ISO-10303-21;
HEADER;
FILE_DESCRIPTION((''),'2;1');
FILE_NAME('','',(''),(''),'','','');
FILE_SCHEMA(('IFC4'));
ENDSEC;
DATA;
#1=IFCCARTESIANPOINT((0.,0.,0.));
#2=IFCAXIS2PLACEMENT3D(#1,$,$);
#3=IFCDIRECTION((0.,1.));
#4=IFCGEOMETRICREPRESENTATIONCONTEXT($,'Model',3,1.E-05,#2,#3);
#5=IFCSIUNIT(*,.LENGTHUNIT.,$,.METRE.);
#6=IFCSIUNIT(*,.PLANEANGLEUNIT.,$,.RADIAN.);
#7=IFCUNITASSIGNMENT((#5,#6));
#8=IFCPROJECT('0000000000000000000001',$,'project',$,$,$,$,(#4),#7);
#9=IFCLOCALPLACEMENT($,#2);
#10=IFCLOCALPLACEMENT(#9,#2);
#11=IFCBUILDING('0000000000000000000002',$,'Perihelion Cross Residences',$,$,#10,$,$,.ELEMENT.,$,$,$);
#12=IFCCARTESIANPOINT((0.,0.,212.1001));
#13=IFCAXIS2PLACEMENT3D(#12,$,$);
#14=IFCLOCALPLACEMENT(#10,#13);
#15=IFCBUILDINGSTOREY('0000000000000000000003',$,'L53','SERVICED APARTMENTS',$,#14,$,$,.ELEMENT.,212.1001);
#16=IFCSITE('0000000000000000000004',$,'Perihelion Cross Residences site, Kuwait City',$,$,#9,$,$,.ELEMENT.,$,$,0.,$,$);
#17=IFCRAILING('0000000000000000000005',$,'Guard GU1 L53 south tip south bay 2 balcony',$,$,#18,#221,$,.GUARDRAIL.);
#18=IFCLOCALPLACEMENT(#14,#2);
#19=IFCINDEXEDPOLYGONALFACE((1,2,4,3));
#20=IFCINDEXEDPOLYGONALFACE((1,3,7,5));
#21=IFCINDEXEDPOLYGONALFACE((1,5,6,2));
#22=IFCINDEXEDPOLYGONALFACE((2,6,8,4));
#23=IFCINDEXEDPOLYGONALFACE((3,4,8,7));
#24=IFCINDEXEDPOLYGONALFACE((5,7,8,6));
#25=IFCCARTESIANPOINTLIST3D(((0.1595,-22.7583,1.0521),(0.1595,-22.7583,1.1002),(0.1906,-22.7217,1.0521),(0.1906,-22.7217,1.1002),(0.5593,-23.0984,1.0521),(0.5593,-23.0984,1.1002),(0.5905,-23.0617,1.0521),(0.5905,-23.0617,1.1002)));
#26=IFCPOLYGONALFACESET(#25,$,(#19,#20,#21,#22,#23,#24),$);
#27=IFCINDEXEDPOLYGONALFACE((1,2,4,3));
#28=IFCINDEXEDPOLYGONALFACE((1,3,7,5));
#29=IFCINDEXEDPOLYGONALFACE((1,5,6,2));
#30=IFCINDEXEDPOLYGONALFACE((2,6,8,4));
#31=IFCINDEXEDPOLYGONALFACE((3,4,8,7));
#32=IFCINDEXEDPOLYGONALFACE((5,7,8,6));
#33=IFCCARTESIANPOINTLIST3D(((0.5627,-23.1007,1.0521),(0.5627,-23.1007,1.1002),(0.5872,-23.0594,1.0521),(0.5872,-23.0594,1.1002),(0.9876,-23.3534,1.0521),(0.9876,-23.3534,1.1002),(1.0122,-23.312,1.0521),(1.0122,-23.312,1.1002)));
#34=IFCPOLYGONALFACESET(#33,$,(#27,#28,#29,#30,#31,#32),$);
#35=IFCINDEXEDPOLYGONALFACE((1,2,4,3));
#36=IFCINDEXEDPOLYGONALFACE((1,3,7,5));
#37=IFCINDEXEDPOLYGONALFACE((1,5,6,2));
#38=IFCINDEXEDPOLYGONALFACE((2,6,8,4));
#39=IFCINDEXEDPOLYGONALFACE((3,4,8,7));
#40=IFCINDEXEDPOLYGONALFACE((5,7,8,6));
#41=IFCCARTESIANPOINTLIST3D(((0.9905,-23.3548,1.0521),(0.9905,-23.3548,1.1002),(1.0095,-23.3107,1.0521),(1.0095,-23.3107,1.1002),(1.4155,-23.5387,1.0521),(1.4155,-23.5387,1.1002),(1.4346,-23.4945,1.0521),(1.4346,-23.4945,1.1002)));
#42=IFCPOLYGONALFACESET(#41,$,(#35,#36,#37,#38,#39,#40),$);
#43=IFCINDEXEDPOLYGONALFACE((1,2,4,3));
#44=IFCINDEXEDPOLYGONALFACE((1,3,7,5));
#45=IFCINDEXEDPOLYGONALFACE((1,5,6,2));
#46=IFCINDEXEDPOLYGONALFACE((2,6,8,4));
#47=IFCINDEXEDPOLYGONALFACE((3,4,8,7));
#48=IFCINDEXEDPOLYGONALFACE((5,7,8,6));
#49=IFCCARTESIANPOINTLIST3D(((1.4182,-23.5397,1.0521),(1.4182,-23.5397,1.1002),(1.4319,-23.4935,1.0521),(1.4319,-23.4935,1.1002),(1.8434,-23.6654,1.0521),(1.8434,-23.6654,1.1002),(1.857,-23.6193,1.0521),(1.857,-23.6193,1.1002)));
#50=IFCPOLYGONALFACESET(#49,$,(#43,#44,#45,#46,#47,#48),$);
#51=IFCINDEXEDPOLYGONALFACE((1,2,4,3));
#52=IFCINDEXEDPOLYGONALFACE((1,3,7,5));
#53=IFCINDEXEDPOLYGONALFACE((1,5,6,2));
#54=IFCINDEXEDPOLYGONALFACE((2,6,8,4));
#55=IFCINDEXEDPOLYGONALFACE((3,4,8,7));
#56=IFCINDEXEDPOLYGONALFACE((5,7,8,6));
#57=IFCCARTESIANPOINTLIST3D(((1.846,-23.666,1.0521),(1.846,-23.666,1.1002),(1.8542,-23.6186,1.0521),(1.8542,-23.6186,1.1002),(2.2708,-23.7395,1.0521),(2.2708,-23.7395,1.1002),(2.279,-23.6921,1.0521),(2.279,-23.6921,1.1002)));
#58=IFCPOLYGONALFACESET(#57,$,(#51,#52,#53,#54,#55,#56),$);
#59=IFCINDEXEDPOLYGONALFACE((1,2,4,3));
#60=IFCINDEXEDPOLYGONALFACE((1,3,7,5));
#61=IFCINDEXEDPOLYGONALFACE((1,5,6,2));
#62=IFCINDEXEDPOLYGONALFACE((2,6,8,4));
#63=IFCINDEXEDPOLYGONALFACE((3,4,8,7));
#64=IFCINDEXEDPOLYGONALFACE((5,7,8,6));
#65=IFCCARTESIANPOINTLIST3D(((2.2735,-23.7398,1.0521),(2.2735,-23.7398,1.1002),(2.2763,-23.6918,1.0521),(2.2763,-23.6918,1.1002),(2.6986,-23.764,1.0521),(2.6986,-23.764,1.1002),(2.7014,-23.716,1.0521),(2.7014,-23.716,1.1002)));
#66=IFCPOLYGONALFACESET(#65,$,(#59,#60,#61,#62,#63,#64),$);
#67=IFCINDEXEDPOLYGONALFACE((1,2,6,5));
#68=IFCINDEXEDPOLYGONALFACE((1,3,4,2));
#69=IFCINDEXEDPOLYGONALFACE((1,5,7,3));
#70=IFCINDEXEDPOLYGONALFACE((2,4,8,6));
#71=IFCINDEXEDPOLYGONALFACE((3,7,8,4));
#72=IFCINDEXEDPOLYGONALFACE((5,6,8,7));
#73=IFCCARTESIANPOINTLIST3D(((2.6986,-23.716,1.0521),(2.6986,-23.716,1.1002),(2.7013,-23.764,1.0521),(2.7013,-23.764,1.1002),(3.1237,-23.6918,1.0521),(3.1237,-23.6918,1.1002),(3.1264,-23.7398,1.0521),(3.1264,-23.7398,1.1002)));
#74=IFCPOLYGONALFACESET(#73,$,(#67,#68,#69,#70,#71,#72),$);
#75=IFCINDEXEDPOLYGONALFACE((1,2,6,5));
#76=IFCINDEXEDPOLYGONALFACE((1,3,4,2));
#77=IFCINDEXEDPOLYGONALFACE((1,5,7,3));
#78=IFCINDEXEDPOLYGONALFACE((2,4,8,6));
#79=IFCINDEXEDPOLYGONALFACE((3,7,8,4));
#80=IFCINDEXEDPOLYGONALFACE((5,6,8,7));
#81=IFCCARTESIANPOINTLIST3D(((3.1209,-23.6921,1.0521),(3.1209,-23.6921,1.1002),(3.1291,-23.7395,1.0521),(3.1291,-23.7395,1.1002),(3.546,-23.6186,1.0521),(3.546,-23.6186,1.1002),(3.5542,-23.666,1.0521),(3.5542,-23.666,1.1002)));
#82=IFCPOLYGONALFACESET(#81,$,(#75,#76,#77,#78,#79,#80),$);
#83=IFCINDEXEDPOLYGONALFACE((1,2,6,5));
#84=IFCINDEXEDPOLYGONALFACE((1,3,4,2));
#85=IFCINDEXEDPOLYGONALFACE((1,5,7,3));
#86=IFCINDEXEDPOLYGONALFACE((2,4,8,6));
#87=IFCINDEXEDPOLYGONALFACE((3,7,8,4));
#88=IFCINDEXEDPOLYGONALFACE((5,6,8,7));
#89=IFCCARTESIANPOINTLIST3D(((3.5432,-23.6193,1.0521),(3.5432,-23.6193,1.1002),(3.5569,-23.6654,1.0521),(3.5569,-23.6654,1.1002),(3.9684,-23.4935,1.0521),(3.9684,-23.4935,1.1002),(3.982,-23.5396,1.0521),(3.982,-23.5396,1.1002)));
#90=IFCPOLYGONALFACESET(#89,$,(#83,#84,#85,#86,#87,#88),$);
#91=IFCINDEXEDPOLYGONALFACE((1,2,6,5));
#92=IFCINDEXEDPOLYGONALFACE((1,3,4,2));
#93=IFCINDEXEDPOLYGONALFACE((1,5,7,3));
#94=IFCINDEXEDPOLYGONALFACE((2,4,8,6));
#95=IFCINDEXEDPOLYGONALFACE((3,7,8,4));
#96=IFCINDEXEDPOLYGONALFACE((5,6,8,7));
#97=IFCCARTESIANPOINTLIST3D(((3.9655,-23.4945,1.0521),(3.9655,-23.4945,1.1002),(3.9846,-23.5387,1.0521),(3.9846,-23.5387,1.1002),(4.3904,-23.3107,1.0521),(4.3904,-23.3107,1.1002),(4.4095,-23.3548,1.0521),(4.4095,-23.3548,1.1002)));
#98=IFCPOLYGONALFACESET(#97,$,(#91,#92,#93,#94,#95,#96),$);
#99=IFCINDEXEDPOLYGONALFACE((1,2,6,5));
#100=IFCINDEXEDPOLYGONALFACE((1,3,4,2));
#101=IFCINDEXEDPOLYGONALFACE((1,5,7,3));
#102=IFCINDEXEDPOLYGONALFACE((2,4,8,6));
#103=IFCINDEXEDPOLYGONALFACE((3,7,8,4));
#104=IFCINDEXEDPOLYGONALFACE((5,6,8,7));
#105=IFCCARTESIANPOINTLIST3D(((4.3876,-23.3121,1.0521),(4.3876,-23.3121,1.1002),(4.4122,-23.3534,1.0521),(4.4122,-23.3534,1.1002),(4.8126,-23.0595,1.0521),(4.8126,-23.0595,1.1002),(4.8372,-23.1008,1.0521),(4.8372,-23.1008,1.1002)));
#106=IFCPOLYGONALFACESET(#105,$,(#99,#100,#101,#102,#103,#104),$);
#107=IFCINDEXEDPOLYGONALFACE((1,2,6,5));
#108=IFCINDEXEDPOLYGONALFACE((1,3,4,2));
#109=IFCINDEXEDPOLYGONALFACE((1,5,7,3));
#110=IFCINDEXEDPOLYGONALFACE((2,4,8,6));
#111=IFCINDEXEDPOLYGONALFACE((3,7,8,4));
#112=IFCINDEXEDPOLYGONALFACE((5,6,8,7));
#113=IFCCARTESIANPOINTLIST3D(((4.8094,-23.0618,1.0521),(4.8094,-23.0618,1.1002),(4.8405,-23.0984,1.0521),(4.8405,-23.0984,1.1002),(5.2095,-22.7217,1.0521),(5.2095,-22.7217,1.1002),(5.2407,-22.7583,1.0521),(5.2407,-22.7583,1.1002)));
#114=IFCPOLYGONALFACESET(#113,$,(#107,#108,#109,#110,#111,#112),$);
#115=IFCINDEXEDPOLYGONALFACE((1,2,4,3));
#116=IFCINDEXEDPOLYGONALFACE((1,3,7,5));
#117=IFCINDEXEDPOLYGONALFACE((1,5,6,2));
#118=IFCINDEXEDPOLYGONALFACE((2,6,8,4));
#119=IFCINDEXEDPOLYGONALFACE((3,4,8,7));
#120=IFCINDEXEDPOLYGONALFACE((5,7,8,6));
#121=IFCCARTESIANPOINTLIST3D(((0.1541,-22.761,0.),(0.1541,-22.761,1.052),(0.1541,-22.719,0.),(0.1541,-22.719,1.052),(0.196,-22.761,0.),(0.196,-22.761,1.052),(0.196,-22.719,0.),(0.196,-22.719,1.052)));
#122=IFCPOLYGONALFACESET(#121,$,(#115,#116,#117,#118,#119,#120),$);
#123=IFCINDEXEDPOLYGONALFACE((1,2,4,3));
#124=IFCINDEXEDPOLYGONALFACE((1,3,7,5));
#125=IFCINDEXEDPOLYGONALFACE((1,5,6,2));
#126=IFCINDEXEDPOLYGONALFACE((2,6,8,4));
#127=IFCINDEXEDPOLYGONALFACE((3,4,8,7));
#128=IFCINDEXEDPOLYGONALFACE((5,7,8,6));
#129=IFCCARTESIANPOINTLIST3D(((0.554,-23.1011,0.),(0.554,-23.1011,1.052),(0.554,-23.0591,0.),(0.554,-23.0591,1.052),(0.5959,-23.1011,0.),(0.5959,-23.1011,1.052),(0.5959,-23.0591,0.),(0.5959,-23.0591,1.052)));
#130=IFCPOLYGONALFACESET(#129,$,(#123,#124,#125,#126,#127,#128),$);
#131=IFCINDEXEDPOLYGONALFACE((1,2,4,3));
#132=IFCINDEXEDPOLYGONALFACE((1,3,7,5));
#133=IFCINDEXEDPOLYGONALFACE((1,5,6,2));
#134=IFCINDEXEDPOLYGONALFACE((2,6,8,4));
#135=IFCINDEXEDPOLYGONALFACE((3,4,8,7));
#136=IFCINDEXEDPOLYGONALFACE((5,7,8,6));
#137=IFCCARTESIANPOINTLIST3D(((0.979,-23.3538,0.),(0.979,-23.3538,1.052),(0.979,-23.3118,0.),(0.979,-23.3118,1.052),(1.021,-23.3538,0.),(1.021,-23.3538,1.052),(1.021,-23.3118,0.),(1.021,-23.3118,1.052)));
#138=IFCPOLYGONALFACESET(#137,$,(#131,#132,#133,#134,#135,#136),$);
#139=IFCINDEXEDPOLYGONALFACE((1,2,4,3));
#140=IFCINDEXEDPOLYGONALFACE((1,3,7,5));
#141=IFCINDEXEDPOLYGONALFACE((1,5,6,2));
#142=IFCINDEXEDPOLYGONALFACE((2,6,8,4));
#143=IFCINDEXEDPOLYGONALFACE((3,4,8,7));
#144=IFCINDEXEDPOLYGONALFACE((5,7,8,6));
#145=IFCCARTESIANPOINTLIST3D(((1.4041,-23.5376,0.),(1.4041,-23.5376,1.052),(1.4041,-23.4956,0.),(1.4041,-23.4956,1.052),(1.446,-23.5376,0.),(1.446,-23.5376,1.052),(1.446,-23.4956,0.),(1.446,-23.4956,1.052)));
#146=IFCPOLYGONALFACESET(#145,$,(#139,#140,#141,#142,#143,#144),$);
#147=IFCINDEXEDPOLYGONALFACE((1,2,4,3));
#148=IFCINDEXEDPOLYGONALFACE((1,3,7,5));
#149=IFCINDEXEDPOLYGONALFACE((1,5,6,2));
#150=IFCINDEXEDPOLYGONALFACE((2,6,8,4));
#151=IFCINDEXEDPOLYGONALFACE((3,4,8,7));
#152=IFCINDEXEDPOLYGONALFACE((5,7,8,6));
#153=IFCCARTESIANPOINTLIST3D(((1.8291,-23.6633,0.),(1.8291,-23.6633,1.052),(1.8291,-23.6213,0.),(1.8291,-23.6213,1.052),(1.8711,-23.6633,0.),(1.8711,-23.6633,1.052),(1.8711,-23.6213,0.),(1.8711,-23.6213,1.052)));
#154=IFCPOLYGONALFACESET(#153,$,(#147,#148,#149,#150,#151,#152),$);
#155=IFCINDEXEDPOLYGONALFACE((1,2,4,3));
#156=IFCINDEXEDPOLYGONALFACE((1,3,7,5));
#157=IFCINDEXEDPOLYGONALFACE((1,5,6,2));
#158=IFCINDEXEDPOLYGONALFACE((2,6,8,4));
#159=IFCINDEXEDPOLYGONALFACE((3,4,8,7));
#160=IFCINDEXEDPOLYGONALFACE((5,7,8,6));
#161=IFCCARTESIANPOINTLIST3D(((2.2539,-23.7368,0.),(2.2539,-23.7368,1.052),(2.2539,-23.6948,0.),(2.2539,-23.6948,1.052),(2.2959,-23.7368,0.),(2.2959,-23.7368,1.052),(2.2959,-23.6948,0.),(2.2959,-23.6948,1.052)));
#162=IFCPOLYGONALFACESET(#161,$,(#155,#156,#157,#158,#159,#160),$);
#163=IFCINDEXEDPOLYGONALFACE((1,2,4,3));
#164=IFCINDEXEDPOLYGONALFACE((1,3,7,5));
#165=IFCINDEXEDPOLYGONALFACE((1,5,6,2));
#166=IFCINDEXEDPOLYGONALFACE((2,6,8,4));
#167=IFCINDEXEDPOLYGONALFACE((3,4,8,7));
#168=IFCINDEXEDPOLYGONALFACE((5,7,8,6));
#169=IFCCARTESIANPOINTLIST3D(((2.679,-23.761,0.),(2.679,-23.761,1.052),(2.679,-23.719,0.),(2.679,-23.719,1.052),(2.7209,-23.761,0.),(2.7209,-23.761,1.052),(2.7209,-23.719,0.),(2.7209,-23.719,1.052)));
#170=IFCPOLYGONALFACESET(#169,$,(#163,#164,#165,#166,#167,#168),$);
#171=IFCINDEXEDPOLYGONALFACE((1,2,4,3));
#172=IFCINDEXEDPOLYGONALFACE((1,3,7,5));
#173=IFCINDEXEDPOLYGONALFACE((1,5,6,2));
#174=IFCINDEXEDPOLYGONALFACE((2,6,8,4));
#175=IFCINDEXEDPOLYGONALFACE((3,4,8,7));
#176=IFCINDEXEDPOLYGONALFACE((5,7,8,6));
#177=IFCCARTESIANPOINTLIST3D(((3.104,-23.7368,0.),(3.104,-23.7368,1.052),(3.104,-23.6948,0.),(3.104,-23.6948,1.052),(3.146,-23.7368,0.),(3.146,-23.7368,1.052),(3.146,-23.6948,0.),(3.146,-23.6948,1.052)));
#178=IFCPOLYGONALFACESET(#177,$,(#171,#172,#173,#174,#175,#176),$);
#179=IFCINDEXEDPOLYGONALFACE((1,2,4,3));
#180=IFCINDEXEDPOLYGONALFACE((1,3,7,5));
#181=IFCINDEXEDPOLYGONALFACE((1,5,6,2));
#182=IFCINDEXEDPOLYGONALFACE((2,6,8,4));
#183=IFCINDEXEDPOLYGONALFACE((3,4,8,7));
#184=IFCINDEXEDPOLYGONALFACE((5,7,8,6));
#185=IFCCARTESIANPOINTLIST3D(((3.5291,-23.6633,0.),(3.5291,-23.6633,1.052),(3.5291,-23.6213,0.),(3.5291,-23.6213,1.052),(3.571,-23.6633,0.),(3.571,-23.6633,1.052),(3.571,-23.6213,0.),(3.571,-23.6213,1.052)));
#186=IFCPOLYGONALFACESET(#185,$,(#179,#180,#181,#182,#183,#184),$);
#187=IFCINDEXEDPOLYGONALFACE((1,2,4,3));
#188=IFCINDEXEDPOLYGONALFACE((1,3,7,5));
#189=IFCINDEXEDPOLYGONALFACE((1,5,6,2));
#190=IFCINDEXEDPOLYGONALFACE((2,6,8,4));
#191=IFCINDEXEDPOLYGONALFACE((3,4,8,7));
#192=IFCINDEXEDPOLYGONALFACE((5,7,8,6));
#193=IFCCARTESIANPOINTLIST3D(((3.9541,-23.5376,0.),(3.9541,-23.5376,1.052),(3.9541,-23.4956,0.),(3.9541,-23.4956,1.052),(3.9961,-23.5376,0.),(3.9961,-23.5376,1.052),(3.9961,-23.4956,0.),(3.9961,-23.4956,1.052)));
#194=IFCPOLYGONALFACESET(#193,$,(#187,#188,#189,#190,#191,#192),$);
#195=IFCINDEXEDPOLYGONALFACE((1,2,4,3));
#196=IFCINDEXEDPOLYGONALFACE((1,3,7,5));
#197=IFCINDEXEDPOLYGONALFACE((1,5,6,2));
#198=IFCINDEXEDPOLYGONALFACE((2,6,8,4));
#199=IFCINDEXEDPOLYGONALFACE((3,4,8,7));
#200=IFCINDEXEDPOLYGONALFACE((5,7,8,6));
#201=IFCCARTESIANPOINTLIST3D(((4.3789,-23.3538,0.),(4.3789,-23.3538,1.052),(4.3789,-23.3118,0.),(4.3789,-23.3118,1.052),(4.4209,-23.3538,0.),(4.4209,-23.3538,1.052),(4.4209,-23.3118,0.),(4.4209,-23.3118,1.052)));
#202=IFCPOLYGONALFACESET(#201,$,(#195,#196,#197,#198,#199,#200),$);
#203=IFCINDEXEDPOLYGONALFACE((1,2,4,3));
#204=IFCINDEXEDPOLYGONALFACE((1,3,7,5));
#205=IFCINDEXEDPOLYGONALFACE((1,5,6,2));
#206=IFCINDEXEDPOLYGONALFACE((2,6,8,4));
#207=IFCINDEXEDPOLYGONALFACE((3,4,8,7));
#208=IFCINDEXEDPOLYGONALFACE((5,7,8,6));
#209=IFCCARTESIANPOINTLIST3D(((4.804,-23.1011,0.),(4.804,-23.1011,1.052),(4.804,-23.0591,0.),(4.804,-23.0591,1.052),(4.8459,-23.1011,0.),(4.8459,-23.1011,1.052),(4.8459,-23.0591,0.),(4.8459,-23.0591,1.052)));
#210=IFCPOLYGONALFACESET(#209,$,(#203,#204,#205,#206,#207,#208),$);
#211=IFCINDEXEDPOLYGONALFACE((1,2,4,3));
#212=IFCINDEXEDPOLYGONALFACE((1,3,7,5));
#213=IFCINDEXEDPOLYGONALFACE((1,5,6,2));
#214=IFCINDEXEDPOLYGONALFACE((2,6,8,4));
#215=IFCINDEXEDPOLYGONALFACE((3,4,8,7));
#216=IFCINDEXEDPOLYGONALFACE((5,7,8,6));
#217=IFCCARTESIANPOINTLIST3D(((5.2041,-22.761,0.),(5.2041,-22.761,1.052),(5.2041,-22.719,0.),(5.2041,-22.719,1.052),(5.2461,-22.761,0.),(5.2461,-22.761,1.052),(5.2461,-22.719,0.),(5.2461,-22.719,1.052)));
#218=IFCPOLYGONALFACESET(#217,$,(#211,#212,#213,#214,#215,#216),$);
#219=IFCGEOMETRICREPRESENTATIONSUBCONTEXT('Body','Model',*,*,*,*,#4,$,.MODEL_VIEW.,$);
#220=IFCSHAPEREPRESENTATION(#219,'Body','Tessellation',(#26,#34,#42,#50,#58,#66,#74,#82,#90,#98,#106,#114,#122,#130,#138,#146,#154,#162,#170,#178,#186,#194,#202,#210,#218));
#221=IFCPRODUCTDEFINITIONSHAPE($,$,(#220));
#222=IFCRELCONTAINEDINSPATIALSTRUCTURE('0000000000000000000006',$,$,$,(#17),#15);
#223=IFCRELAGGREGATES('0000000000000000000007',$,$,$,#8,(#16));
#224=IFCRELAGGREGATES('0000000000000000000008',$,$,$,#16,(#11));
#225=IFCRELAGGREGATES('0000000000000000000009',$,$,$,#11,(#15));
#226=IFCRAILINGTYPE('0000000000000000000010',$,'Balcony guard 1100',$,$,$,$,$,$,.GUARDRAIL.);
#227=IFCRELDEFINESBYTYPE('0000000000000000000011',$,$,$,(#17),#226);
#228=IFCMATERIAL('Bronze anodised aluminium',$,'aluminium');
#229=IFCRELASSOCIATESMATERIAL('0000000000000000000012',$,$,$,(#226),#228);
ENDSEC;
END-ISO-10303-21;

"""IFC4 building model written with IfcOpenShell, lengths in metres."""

from ifc_helpers import new_model, si_unit, direction, frame, origin, origin_2d, place, context, subcontext, project, spatial, rectangle, extrude, material, type_object, element, save


model = new_model("IFC4")

# Units and contexts
model_context = context("Model", 3, precision=1e-05, world=origin(), true_north=direction((0.0, 1.0)))
body_context = subcontext(model_context, "Body", "Model", "MODEL_VIEW")
ifc_project = project(units=[si_unit("LENGTHUNIT", "METRE"), si_unit("PLANEANGLEUNIT", "RADIAN")], contexts=[model_context])

# Site, building, storey
site_placement = place(None, origin())
site = spatial("IfcSite", under=ifc_project, at=site_placement, Name="Perihelion Cross Residences site, Kuwait City", CompositionType="ELEMENT", RefElevation=0.0)
building_placement = place(site_placement, origin())
building = spatial("IfcBuilding", under=site, at=building_placement, Name="Perihelion Cross Residences", CompositionType="ELEMENT")
storey_placement = place(building_placement, frame((0.0, 0.0, 212.1001)))
storey = spatial("IfcBuildingStorey", under=building, at=storey_placement, Name="L53", Description="SERVICED APARTMENTS", CompositionType="ELEMENT", Elevation=212.1001)

# Railing
ifc_material_1 = material(Name="Bronze anodised aluminium", Category="aluminium")
railing_type = type_object("IfcRailingType", Name="Balcony guard 1100", PredefinedType="GUARDRAIL", material=ifc_material_1)
railing_placement = place(storey_placement, frame((0.175, -22.74, 0.0)))
element("IfcRailing", 1, at=railing_placement, inside=storey, type_object=railing_type, Name="Guard GU1 L53 south tip south bay 2 balcony", PredefinedType="GUARDRAIL", context=body_context, shape_type="SweptSolid", body=[
    extrude(rectangle(XDim=0.0481, YDim=0.0481, at=origin_2d()), frame((0.0, 0.0, 1.0762), z_axis=(0.761779, -0.647837, 0.0), x_axis=(0.647837, 0.761779, 0.0)), (0.0, 0.0, 1.0), 0.5249),
    extrude(rectangle(XDim=0.0481, YDim=0.0481, at=origin_2d()), frame((0.3999, -0.3401, 1.0762), z_axis=(0.859577, -0.511006, 0.0), x_axis=(0.511006, 0.859577, 0.0)), (0.0, 0.0, 1.0), 0.4944),
    extrude(rectangle(XDim=0.0481, YDim=0.0481, at=origin_2d()), frame((0.825, -0.5928, 1.0762), z_axis=(0.917831, -0.396971, 0.0), x_axis=(0.396971, 0.917831, 0.0)), (0.0, 0.0, 1.0), 0.4631),
    extrude(rectangle(XDim=0.0481, YDim=0.0481, at=origin_2d()), frame((1.25, -0.7766, 1.0762), z_axis=(0.958926, -0.283657, 0.0), x_axis=(0.283657, 0.958926, 0.0)), (0.0, 0.0, 1.0), 0.4434),
    extrude(rectangle(XDim=0.0481, YDim=0.0481, at=origin_2d()), frame((1.675, -0.9023, 1.0762), z_axis=(0.985365, -0.170457, 0.0), x_axis=(0.170457, 0.985365, 0.0)), (0.0, 0.0, 1.0), 0.4312),
    extrude(rectangle(XDim=0.0481, YDim=0.0481, at=origin_2d()), frame((2.0999, -0.9758, 1.0762), z_axis=(0.998387, -0.056772, 0.0), x_axis=(0.056772, 0.998387, 0.0)), (0.0, 0.0, 1.0), 0.4258),
    extrude(rectangle(XDim=0.0481, YDim=0.0481, at=origin_2d()), frame((2.5249, -1.0, 1.0762), z_axis=(0.998387, 0.056772, 0.0), x_axis=(-0.056772, 0.998387, 0.0)), (0.0, 0.0, 1.0), 0.4258),
    extrude(rectangle(XDim=0.0481, YDim=0.0481, at=origin_2d()), frame((2.95, -0.9758, 1.0762), z_axis=(0.985382, 0.170362, 0.0), x_axis=(-0.170362, 0.985382, 0.0)), (0.0, 0.0, 1.0), 0.4314),
    extrude(rectangle(XDim=0.0481, YDim=0.0481, at=origin_2d()), frame((3.375, -0.9023, 1.0762), z_axis=(0.958926, 0.283657, 0.0), x_axis=(-0.283657, 0.958926, 0.0)), (0.0, 0.0, 1.0), 0.4434),
    extrude(rectangle(XDim=0.0481, YDim=0.0481, at=origin_2d()), frame((3.8, -0.7766, 1.0762), z_axis=(0.917748, 0.397163, 0.0), x_axis=(-0.397163, 0.917748, 0.0)), (0.0, 0.0, 1.0), 0.4629),
    extrude(rectangle(XDim=0.0481, YDim=0.0481, at=origin_2d()), frame((4.2249, -0.5928, 1.0762), z_axis=(0.859577, 0.511006, 0.0), x_axis=(-0.511006, 0.859577, 0.0)), (0.0, 0.0, 1.0), 0.4944),
    extrude(rectangle(XDim=0.0481, YDim=0.0481, at=origin_2d()), frame((4.6499, -0.3401, 1.0762), z_axis=(0.761974, 0.647608, 0.0), x_axis=(-0.647608, 0.761974, 0.0)), (0.0, 0.0, 1.0), 0.5251),
    extrude(rectangle(XDim=0.042, YDim=0.042, at=origin_2d()), origin(), (0.0, 0.0, 1.0), 1.052),
    extrude(rectangle(XDim=0.042, YDim=0.042, at=origin_2d()), frame((0.3999, -0.3401, 0.0)), (0.0, 0.0, 1.0), 1.052),
    extrude(rectangle(XDim=0.042, YDim=0.042, at=origin_2d()), frame((0.825, -0.5928, 0.0)), (0.0, 0.0, 1.0), 1.052),
    extrude(rectangle(XDim=0.042, YDim=0.042, at=origin_2d()), frame((1.25, -0.7766, 0.0)), (0.0, 0.0, 1.0), 1.052),
    extrude(rectangle(XDim=0.042, YDim=0.042, at=origin_2d()), frame((1.675, -0.9023, 0.0)), (0.0, 0.0, 1.0), 1.052),
    extrude(rectangle(XDim=0.042, YDim=0.042, at=origin_2d()), frame((2.0999, -0.9758, 0.0)), (0.0, 0.0, 1.0), 1.052),
    extrude(rectangle(XDim=0.042, YDim=0.042, at=origin_2d()), frame((2.5249, -1.0, 0.0)), (0.0, 0.0, 1.0), 1.052),
    extrude(rectangle(XDim=0.042, YDim=0.042, at=origin_2d()), frame((2.95, -0.9758, 0.0)), (0.0, 0.0, 1.0), 1.052),
    extrude(rectangle(XDim=0.042, YDim=0.042, at=origin_2d()), frame((3.375, -0.9023, 0.0)), (0.0, 0.0, 1.0), 1.052),
    extrude(rectangle(XDim=0.042, YDim=0.042, at=origin_2d()), frame((3.8, -0.7766, 0.0)), (0.0, 0.0, 1.0), 1.052),
    extrude(rectangle(XDim=0.042, YDim=0.042, at=origin_2d()), frame((4.2249, -0.5928, 0.0)), (0.0, 0.0, 1.0), 1.052),
    extrude(rectangle(XDim=0.042, YDim=0.042, at=origin_2d()), frame((4.6499, -0.3401, 0.0)), (0.0, 0.0, 1.0), 1.052),
    extrude(rectangle(XDim=0.042, YDim=0.042, at=origin_2d()), frame((5.05, 0.0, 0.0)), (0.0, 0.0, 1.0), 1.052),
])

save(model, "model.ifc")
